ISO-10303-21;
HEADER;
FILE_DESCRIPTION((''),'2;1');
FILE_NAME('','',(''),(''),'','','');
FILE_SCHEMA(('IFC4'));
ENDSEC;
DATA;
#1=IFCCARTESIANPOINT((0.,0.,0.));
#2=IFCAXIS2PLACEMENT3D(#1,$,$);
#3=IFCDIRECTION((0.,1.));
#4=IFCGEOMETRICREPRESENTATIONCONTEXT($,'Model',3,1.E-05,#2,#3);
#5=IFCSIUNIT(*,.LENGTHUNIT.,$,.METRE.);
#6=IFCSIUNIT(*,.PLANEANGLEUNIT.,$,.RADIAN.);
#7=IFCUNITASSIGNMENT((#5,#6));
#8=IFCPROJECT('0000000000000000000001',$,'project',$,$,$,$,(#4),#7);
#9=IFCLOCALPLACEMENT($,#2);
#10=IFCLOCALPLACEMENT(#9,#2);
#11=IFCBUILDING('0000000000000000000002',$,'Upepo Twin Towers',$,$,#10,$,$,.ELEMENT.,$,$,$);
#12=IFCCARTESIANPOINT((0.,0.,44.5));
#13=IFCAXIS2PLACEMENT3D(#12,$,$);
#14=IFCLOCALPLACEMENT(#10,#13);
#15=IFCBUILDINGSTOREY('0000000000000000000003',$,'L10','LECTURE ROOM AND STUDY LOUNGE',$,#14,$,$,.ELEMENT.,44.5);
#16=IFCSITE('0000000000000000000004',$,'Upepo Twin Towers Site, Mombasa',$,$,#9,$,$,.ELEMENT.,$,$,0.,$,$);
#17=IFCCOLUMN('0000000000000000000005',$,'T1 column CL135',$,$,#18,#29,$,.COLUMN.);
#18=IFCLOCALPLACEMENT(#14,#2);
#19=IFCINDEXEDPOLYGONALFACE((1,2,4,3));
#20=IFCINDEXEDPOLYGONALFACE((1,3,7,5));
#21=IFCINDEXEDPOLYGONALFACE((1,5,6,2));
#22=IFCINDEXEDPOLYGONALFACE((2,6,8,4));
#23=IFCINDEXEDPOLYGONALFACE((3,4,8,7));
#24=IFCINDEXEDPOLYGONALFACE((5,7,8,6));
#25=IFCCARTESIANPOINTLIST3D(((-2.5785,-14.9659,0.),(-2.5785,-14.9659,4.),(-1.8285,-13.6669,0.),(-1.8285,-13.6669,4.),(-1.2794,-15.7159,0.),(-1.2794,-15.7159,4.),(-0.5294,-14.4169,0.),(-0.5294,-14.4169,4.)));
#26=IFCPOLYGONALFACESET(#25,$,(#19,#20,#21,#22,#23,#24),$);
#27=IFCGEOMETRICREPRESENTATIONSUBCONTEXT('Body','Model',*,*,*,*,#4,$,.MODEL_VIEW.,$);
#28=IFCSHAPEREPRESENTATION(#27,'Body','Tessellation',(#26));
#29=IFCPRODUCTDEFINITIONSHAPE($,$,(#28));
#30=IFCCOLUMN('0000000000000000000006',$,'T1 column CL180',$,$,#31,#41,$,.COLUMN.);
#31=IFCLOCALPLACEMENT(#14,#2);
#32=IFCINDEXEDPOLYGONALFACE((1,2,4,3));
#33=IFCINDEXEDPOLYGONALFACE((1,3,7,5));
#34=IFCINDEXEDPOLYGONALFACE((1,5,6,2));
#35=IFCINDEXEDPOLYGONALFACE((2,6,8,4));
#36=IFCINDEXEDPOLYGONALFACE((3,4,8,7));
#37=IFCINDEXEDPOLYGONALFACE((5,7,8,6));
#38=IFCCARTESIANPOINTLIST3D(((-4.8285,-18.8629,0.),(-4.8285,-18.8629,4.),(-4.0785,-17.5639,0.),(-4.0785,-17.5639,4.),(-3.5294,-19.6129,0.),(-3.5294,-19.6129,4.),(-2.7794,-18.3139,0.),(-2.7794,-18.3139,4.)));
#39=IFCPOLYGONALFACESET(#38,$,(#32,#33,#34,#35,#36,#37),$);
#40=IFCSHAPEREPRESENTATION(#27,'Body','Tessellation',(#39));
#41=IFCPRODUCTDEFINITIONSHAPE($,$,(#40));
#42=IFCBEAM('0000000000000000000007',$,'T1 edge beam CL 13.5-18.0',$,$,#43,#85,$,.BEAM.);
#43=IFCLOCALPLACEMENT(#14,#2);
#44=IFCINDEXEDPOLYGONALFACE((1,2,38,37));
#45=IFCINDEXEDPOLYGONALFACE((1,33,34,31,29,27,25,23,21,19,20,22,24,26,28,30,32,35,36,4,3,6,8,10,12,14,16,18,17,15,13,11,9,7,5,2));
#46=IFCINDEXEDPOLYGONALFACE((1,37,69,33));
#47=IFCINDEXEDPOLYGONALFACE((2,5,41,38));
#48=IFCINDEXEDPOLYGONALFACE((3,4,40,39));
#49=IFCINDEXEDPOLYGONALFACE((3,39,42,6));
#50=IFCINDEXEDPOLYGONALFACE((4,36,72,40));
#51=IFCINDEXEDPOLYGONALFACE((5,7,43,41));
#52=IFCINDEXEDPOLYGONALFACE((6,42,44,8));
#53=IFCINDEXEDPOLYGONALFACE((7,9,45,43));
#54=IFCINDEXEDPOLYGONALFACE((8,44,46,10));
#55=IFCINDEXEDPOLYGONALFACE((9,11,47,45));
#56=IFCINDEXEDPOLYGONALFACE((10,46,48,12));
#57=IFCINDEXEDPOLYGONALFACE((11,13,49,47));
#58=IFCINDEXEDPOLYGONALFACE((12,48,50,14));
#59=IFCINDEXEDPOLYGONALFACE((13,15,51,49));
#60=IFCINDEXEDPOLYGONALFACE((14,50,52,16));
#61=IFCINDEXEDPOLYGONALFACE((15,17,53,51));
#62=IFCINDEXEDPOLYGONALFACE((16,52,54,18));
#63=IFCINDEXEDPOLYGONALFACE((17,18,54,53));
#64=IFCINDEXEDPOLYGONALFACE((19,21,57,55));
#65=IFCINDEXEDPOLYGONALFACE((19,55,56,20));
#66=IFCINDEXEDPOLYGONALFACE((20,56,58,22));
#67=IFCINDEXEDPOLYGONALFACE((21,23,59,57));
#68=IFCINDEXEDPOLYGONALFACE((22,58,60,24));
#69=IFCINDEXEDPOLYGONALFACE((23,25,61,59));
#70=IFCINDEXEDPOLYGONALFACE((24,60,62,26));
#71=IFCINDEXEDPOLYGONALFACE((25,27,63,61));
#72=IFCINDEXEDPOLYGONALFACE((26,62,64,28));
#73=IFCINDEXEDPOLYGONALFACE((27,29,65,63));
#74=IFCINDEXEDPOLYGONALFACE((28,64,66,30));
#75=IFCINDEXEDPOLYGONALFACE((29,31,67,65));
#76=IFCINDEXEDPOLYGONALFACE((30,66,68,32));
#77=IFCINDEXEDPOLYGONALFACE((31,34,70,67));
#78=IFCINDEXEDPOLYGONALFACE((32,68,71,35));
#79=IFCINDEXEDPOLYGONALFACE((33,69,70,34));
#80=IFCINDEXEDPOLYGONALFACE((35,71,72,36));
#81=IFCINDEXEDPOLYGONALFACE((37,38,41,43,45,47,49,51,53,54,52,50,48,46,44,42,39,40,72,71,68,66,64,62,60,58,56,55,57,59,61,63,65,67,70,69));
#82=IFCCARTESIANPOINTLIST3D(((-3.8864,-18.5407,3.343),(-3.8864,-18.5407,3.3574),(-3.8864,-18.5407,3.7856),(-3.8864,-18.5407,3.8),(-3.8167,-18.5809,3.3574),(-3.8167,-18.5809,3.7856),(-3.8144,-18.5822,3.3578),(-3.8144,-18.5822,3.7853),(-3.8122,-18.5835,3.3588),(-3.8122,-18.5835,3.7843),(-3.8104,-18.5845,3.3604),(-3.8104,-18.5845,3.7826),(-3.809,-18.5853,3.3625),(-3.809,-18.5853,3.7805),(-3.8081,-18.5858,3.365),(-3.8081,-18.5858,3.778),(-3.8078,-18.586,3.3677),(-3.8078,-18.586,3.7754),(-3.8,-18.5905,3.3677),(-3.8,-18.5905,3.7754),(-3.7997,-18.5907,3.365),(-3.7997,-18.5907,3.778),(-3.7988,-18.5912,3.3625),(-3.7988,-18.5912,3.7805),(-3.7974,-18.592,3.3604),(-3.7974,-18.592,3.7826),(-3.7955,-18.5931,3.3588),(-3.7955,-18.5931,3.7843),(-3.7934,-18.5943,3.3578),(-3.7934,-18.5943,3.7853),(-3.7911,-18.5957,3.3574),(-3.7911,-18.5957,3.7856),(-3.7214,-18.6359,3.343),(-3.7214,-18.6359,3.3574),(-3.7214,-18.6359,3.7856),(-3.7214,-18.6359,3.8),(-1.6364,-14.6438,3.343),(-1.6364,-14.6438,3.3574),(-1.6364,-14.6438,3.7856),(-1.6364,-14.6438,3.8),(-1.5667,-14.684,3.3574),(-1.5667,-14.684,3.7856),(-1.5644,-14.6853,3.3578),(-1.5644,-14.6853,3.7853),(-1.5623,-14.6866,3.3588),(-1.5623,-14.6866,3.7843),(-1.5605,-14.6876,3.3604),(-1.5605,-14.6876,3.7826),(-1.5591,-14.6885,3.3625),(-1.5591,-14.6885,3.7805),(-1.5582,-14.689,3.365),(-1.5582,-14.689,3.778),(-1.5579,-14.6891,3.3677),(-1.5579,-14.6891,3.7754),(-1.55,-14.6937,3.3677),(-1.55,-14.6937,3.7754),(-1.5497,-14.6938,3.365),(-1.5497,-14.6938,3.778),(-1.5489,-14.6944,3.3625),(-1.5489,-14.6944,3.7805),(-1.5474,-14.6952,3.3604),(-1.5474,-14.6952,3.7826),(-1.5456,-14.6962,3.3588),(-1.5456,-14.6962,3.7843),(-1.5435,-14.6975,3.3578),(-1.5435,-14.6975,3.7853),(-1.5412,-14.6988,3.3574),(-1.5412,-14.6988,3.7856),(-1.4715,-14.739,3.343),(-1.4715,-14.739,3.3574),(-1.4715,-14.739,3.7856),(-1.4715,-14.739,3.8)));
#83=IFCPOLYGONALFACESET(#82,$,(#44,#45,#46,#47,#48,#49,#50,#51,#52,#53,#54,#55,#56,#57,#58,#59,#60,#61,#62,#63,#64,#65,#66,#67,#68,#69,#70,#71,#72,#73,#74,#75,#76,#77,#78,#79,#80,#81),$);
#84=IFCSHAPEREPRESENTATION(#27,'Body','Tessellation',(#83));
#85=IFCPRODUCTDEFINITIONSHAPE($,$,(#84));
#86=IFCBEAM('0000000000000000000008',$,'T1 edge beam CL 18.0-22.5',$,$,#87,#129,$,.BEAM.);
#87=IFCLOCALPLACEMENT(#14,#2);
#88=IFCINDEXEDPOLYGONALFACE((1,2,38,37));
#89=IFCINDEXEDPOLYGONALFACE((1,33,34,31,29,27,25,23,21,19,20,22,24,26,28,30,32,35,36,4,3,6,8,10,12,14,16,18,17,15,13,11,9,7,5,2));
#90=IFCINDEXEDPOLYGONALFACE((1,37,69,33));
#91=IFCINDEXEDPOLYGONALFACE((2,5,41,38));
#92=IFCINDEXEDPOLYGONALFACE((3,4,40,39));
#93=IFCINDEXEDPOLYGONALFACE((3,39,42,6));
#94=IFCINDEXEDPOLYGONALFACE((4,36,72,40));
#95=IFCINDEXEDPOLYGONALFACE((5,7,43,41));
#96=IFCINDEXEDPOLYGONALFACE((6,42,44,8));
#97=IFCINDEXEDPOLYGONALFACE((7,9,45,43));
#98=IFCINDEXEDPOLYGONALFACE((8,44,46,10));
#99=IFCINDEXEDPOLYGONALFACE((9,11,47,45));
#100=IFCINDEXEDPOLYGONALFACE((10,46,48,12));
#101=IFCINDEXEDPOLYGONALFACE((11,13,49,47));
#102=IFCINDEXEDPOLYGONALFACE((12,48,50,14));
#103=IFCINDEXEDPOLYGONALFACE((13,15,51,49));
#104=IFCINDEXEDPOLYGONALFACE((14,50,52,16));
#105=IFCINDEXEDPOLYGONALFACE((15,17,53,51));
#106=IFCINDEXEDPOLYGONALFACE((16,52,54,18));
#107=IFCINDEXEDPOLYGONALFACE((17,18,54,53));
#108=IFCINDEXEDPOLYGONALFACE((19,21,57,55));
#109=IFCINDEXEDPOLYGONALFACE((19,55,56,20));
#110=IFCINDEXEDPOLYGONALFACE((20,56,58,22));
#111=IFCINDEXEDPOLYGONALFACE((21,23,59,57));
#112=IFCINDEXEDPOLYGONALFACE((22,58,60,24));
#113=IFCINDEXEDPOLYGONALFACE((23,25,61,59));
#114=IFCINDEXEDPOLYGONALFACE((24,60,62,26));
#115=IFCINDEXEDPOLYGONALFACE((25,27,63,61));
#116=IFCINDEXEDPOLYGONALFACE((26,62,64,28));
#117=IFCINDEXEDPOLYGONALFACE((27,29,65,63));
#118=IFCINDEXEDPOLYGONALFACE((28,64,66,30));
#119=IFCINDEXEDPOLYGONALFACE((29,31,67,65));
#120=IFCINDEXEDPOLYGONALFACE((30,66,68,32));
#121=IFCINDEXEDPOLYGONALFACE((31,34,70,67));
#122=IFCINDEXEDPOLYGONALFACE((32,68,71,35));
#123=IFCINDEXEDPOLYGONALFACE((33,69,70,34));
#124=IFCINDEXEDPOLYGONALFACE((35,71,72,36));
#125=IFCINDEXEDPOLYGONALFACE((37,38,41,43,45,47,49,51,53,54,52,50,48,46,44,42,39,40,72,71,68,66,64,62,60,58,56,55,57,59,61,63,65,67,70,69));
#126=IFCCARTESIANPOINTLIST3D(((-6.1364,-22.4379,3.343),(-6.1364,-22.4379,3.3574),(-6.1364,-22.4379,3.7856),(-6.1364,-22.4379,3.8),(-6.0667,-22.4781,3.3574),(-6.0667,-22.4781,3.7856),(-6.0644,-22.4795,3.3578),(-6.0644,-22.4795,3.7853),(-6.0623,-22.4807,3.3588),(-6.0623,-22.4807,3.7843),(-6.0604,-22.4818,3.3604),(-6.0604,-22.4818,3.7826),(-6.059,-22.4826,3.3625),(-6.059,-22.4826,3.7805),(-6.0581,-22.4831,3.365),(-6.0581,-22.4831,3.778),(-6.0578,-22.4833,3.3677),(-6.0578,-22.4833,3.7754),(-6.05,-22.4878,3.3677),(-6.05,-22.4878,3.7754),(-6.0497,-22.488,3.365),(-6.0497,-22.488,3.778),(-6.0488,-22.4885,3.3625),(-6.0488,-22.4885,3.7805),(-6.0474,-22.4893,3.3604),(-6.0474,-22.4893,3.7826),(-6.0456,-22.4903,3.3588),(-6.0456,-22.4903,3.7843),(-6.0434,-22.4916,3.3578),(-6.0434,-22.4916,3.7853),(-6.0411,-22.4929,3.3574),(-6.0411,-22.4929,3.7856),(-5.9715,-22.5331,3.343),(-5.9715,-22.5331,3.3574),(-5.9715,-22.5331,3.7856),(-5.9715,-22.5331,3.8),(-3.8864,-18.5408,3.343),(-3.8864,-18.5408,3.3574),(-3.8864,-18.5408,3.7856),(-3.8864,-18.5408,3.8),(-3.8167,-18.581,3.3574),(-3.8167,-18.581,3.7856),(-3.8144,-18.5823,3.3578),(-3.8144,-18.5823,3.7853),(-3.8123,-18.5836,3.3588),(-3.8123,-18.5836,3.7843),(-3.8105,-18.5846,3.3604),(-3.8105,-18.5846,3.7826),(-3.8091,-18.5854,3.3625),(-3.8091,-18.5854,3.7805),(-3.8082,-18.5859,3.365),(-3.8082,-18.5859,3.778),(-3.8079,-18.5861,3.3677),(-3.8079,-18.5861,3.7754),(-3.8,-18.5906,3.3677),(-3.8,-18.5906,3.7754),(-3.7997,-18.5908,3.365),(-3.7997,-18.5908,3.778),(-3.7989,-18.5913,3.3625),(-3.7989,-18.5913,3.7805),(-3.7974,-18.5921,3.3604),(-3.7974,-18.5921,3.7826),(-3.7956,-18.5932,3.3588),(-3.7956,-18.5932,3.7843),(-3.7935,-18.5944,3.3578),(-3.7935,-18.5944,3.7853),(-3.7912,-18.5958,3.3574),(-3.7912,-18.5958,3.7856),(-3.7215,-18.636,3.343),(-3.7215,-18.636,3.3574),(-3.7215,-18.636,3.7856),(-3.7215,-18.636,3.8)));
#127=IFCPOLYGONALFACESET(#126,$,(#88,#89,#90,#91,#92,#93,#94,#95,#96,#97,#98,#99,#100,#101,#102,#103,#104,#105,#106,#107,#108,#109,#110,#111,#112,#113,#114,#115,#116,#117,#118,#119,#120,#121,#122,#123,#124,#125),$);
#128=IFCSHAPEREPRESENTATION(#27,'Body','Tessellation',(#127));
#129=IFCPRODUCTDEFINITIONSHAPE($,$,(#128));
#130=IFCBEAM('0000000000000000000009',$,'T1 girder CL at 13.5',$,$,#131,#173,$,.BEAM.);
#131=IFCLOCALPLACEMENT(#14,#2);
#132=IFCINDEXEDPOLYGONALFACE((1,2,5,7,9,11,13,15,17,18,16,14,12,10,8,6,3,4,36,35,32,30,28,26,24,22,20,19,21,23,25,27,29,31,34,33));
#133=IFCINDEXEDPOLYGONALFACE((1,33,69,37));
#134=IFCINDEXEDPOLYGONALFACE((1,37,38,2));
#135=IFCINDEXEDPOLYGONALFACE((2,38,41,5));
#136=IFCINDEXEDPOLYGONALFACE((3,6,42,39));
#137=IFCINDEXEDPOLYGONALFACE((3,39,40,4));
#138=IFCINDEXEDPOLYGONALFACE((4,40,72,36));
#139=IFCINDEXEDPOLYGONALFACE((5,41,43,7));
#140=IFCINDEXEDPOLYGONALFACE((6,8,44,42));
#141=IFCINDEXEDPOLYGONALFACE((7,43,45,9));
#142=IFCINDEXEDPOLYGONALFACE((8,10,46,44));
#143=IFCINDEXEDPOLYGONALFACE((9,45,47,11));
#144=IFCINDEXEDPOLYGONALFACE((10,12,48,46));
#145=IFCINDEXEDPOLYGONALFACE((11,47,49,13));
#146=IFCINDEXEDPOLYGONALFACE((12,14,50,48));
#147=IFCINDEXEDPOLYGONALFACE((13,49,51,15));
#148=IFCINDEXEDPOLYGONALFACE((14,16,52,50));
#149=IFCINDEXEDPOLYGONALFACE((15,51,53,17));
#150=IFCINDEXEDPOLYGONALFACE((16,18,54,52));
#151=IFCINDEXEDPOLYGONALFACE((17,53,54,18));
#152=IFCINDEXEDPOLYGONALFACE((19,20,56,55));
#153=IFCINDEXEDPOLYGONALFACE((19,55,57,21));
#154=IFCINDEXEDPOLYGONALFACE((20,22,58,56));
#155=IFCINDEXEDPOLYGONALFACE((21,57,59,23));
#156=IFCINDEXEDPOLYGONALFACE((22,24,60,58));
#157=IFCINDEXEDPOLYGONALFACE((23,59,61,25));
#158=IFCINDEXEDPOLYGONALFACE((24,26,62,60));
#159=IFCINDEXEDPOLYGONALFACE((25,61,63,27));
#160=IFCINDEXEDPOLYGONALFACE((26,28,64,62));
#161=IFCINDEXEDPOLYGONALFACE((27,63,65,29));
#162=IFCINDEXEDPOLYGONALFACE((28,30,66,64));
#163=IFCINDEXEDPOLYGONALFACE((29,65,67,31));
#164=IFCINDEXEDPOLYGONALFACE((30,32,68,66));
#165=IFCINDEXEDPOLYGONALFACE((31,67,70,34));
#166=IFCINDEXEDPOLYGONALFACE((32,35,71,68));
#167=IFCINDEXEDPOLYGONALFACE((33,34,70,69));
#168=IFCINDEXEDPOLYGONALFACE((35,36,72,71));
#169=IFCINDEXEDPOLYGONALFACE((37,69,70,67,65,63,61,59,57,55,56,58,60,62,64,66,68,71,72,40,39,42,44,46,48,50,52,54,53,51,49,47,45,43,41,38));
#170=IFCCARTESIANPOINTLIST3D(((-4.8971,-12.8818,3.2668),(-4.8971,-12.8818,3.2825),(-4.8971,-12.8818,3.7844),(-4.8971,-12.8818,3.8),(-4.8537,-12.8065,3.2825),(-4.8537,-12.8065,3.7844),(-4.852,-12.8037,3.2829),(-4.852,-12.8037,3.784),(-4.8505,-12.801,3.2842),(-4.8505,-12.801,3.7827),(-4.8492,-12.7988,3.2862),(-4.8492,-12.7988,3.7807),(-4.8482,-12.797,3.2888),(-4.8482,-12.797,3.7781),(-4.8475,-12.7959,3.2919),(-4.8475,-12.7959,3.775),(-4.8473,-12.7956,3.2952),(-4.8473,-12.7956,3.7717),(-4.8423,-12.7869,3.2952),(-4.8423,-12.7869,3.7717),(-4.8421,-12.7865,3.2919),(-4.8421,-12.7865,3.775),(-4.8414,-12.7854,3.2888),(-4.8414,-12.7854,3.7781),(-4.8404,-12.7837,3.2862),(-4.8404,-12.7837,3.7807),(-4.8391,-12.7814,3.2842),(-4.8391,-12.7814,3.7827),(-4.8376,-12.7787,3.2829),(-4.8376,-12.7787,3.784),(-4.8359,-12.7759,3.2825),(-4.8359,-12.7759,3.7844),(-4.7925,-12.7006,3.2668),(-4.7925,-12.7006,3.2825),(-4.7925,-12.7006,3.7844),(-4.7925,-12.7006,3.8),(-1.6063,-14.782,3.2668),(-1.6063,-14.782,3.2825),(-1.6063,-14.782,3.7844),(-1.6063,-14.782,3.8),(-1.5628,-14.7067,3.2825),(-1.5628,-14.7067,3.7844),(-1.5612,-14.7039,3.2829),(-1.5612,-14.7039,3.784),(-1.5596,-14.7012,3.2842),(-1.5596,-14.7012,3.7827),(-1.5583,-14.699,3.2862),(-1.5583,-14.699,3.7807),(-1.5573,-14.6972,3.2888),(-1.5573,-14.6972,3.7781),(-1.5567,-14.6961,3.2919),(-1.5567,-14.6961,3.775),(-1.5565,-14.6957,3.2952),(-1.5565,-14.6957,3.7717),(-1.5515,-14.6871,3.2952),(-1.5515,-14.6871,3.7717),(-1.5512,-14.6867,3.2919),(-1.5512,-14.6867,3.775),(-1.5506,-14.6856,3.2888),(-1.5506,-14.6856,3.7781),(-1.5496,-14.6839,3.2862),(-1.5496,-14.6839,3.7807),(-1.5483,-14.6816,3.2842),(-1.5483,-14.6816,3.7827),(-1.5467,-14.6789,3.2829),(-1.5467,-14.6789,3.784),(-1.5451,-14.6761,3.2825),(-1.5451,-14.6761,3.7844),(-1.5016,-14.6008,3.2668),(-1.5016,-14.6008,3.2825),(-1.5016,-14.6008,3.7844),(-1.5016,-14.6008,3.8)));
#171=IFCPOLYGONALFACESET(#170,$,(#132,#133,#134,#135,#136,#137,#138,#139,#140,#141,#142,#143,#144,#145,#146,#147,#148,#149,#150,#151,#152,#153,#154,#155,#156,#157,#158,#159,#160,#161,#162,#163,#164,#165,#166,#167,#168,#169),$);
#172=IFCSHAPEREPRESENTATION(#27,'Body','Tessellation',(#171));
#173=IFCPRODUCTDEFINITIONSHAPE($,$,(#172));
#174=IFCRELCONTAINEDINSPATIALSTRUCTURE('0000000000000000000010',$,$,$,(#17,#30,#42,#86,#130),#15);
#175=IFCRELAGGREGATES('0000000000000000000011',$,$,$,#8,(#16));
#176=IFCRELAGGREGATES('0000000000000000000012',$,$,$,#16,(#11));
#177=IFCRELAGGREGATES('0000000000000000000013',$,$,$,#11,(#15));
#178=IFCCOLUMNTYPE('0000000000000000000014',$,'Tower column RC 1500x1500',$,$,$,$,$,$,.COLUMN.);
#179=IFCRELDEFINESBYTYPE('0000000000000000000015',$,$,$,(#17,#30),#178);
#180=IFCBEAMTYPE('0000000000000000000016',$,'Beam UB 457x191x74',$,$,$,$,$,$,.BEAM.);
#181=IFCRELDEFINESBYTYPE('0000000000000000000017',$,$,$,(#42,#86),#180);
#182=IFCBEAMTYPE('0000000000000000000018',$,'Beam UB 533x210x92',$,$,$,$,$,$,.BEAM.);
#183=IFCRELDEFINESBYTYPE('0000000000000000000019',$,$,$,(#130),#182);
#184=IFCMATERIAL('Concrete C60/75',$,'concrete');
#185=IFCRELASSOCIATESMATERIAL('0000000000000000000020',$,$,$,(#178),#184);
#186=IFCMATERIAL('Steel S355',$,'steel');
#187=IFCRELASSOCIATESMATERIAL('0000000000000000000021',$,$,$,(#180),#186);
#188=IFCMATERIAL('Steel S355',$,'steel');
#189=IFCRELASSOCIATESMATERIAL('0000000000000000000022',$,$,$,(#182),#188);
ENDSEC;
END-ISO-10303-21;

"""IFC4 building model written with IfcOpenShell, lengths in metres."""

from ifc_helpers import new_model, si_unit, direction, frame, origin, origin_2d, place, context, subcontext, project, spatial, rectangle, i_section, extrude, material, material_profile, profile_set, type_object, element, save


model = new_model("IFC4")

# Units and contexts
model_context = context("Model", 3, precision=1e-05, world=origin(), true_north=direction((0.0, 1.0)))
body_context = subcontext(model_context, "Body", "Model", "MODEL_VIEW")
ifc_project = project(units=[si_unit("LENGTHUNIT", "METRE"), si_unit("PLANEANGLEUNIT", "RADIAN")], contexts=[model_context])

# Site, building, storey
site_placement = place(None, origin())
site = spatial("IfcSite", under=ifc_project, at=site_placement, Name="Upepo Twin Towers Site, Mombasa", CompositionType="ELEMENT", RefElevation=0.0)
building_placement = place(site_placement, origin())
building = spatial("IfcBuilding", under=site, at=building_placement, Name="Upepo Twin Towers", CompositionType="ELEMENT")
storey_placement = place(building_placement, frame((0.0, 0.0, 44.5)))
storey = spatial("IfcBuildingStorey", under=building, at=storey_placement, Name="L10", Description="LECTURE ROOM AND STUDY LOUNGE", CompositionType="ELEMENT", Elevation=44.5)

# Columns
ifc_material_1 = material(Name="Concrete C60/75", Category="concrete")
ifc_material_profile_1 = material_profile(ifc_material_1, rectangle(XDim=1.5, YDim=1.5, at=origin_2d()), Name="RC 1500x1500")
ifc_profile_set_1 = profile_set([ifc_material_profile_1], Name="Concrete C60/75")
column_type = type_object("IfcColumnType", Name="Tower column RC 1500x1500", PredefinedType="COLUMN", material=ifc_profile_set_1)
for number, where, z_axis, x_axis, name in (
    (1, (-1.554, -14.6914, 0.0), (0.0, 0.0, 1.0), (0.5, 0.866025, 0.0), "T1 column CL135"),
    (2, (-3.804, -18.5884, 0.0), (0.0, 0.0, 1.0), (0.5, 0.866025, 0.0), "T1 column CL180"),
):
    element("IfcColumn", number, at=place(storey_placement, frame(where, z_axis=z_axis, x_axis=x_axis)), inside=storey, type_object=column_type, Name=name, PredefinedType="COLUMN", context=body_context, shape_type="SweptSolid", body=[
        extrude(rectangle(XDim=1.5, YDim=1.5, at=origin_2d()), origin(), (0.0, 0.0, 1.0), 4.0),
    ])

# Beams
ifc_material_2 = material(Name="Steel S355", Category="steel")
ifc_material_profile_2 = material_profile(ifc_material_2, i_section(OverallWidth=0.1904, OverallDepth=0.457, WebThickness=0.009, FlangeThickness=0.0144, FilletRadius=0.0103, at=origin_2d()), Name="UB 457x191x74")
ifc_profile_set_2 = profile_set([ifc_material_profile_2], Name="Steel S355")
beam_type_1 = type_object("IfcBeamType", Name="Beam UB 457x191x74", PredefinedType="BEAM", material=ifc_profile_set_2)
beam_1_placement = place(storey_placement, frame((-1.554, -14.6914, 3.5715), z_axis=(-0.500014, -0.866018, 0.0), x_axis=(0.866018, -0.500014, 0.0)))
element("IfcBeam", 3, at=beam_1_placement, inside=storey, type_object=beam_type_1, Name="T1 edge beam CL 13.5-18.0", PredefinedType="BEAM", context=body_context, shape_type="SweptSolid", body=[
    extrude(i_section(OverallWidth=0.1904, OverallDepth=0.457, WebThickness=0.009, FlangeThickness=0.0144, FilletRadius=0.0103, at=origin_2d()), origin(), (0.0, 0.0, 1.0), 4.4998),
])
beam_2_placement = place(storey_placement, frame((-3.804, -18.5884, 3.5715), z_axis=(-0.49999, -0.866031, 0.0), x_axis=(0.866031, -0.49999, 0.0)))
element("IfcBeam", 4, at=beam_2_placement, inside=storey, type_object=beam_type_1, Name="T1 edge beam CL 18.0-22.5", PredefinedType="BEAM", context=body_context, shape_type="SweptSolid", body=[
    extrude(i_section(OverallWidth=0.1904, OverallDepth=0.457, WebThickness=0.009, FlangeThickness=0.0144, FilletRadius=0.0103, at=origin_2d()), origin(), (0.0, 0.0, 1.0), 4.5),
])
ifc_material_3 = material(Name="Steel S355", Category="steel")
ifc_material_profile_3 = material_profile(ifc_material_3, i_section(OverallWidth=0.2092, OverallDepth=0.5332, WebThickness=0.01, FlangeThickness=0.0156, FilletRadius=0.0127, at=origin_2d()), Name="UB 533x210x92")
ifc_profile_set_3 = profile_set([ifc_material_profile_3], Name="Steel S355")
beam_type_2 = type_object("IfcBeamType", Name="Beam UB 533x210x92", PredefinedType="BEAM", material=ifc_profile_set_3)
beam_3_placement = place(storey_placement, frame((-1.554, -14.6914, 3.5334), z_axis=(-0.866, 0.500043, 0.0), x_axis=(-0.500043, -0.866, 0.0)))
element("IfcBeam", 5, at=beam_3_placement, inside=storey, type_object=beam_type_2, Name="T1 girder CL at 13.5", PredefinedType="BEAM", context=body_context, shape_type="SweptSolid", body=[
    extrude(i_section(OverallWidth=0.2092, OverallDepth=0.5332, WebThickness=0.01, FlangeThickness=0.0156, FilletRadius=0.0127, at=origin_2d()), origin(), (0.0, 0.0, 1.0), 3.8),
])

save(model, "model.ifc")
